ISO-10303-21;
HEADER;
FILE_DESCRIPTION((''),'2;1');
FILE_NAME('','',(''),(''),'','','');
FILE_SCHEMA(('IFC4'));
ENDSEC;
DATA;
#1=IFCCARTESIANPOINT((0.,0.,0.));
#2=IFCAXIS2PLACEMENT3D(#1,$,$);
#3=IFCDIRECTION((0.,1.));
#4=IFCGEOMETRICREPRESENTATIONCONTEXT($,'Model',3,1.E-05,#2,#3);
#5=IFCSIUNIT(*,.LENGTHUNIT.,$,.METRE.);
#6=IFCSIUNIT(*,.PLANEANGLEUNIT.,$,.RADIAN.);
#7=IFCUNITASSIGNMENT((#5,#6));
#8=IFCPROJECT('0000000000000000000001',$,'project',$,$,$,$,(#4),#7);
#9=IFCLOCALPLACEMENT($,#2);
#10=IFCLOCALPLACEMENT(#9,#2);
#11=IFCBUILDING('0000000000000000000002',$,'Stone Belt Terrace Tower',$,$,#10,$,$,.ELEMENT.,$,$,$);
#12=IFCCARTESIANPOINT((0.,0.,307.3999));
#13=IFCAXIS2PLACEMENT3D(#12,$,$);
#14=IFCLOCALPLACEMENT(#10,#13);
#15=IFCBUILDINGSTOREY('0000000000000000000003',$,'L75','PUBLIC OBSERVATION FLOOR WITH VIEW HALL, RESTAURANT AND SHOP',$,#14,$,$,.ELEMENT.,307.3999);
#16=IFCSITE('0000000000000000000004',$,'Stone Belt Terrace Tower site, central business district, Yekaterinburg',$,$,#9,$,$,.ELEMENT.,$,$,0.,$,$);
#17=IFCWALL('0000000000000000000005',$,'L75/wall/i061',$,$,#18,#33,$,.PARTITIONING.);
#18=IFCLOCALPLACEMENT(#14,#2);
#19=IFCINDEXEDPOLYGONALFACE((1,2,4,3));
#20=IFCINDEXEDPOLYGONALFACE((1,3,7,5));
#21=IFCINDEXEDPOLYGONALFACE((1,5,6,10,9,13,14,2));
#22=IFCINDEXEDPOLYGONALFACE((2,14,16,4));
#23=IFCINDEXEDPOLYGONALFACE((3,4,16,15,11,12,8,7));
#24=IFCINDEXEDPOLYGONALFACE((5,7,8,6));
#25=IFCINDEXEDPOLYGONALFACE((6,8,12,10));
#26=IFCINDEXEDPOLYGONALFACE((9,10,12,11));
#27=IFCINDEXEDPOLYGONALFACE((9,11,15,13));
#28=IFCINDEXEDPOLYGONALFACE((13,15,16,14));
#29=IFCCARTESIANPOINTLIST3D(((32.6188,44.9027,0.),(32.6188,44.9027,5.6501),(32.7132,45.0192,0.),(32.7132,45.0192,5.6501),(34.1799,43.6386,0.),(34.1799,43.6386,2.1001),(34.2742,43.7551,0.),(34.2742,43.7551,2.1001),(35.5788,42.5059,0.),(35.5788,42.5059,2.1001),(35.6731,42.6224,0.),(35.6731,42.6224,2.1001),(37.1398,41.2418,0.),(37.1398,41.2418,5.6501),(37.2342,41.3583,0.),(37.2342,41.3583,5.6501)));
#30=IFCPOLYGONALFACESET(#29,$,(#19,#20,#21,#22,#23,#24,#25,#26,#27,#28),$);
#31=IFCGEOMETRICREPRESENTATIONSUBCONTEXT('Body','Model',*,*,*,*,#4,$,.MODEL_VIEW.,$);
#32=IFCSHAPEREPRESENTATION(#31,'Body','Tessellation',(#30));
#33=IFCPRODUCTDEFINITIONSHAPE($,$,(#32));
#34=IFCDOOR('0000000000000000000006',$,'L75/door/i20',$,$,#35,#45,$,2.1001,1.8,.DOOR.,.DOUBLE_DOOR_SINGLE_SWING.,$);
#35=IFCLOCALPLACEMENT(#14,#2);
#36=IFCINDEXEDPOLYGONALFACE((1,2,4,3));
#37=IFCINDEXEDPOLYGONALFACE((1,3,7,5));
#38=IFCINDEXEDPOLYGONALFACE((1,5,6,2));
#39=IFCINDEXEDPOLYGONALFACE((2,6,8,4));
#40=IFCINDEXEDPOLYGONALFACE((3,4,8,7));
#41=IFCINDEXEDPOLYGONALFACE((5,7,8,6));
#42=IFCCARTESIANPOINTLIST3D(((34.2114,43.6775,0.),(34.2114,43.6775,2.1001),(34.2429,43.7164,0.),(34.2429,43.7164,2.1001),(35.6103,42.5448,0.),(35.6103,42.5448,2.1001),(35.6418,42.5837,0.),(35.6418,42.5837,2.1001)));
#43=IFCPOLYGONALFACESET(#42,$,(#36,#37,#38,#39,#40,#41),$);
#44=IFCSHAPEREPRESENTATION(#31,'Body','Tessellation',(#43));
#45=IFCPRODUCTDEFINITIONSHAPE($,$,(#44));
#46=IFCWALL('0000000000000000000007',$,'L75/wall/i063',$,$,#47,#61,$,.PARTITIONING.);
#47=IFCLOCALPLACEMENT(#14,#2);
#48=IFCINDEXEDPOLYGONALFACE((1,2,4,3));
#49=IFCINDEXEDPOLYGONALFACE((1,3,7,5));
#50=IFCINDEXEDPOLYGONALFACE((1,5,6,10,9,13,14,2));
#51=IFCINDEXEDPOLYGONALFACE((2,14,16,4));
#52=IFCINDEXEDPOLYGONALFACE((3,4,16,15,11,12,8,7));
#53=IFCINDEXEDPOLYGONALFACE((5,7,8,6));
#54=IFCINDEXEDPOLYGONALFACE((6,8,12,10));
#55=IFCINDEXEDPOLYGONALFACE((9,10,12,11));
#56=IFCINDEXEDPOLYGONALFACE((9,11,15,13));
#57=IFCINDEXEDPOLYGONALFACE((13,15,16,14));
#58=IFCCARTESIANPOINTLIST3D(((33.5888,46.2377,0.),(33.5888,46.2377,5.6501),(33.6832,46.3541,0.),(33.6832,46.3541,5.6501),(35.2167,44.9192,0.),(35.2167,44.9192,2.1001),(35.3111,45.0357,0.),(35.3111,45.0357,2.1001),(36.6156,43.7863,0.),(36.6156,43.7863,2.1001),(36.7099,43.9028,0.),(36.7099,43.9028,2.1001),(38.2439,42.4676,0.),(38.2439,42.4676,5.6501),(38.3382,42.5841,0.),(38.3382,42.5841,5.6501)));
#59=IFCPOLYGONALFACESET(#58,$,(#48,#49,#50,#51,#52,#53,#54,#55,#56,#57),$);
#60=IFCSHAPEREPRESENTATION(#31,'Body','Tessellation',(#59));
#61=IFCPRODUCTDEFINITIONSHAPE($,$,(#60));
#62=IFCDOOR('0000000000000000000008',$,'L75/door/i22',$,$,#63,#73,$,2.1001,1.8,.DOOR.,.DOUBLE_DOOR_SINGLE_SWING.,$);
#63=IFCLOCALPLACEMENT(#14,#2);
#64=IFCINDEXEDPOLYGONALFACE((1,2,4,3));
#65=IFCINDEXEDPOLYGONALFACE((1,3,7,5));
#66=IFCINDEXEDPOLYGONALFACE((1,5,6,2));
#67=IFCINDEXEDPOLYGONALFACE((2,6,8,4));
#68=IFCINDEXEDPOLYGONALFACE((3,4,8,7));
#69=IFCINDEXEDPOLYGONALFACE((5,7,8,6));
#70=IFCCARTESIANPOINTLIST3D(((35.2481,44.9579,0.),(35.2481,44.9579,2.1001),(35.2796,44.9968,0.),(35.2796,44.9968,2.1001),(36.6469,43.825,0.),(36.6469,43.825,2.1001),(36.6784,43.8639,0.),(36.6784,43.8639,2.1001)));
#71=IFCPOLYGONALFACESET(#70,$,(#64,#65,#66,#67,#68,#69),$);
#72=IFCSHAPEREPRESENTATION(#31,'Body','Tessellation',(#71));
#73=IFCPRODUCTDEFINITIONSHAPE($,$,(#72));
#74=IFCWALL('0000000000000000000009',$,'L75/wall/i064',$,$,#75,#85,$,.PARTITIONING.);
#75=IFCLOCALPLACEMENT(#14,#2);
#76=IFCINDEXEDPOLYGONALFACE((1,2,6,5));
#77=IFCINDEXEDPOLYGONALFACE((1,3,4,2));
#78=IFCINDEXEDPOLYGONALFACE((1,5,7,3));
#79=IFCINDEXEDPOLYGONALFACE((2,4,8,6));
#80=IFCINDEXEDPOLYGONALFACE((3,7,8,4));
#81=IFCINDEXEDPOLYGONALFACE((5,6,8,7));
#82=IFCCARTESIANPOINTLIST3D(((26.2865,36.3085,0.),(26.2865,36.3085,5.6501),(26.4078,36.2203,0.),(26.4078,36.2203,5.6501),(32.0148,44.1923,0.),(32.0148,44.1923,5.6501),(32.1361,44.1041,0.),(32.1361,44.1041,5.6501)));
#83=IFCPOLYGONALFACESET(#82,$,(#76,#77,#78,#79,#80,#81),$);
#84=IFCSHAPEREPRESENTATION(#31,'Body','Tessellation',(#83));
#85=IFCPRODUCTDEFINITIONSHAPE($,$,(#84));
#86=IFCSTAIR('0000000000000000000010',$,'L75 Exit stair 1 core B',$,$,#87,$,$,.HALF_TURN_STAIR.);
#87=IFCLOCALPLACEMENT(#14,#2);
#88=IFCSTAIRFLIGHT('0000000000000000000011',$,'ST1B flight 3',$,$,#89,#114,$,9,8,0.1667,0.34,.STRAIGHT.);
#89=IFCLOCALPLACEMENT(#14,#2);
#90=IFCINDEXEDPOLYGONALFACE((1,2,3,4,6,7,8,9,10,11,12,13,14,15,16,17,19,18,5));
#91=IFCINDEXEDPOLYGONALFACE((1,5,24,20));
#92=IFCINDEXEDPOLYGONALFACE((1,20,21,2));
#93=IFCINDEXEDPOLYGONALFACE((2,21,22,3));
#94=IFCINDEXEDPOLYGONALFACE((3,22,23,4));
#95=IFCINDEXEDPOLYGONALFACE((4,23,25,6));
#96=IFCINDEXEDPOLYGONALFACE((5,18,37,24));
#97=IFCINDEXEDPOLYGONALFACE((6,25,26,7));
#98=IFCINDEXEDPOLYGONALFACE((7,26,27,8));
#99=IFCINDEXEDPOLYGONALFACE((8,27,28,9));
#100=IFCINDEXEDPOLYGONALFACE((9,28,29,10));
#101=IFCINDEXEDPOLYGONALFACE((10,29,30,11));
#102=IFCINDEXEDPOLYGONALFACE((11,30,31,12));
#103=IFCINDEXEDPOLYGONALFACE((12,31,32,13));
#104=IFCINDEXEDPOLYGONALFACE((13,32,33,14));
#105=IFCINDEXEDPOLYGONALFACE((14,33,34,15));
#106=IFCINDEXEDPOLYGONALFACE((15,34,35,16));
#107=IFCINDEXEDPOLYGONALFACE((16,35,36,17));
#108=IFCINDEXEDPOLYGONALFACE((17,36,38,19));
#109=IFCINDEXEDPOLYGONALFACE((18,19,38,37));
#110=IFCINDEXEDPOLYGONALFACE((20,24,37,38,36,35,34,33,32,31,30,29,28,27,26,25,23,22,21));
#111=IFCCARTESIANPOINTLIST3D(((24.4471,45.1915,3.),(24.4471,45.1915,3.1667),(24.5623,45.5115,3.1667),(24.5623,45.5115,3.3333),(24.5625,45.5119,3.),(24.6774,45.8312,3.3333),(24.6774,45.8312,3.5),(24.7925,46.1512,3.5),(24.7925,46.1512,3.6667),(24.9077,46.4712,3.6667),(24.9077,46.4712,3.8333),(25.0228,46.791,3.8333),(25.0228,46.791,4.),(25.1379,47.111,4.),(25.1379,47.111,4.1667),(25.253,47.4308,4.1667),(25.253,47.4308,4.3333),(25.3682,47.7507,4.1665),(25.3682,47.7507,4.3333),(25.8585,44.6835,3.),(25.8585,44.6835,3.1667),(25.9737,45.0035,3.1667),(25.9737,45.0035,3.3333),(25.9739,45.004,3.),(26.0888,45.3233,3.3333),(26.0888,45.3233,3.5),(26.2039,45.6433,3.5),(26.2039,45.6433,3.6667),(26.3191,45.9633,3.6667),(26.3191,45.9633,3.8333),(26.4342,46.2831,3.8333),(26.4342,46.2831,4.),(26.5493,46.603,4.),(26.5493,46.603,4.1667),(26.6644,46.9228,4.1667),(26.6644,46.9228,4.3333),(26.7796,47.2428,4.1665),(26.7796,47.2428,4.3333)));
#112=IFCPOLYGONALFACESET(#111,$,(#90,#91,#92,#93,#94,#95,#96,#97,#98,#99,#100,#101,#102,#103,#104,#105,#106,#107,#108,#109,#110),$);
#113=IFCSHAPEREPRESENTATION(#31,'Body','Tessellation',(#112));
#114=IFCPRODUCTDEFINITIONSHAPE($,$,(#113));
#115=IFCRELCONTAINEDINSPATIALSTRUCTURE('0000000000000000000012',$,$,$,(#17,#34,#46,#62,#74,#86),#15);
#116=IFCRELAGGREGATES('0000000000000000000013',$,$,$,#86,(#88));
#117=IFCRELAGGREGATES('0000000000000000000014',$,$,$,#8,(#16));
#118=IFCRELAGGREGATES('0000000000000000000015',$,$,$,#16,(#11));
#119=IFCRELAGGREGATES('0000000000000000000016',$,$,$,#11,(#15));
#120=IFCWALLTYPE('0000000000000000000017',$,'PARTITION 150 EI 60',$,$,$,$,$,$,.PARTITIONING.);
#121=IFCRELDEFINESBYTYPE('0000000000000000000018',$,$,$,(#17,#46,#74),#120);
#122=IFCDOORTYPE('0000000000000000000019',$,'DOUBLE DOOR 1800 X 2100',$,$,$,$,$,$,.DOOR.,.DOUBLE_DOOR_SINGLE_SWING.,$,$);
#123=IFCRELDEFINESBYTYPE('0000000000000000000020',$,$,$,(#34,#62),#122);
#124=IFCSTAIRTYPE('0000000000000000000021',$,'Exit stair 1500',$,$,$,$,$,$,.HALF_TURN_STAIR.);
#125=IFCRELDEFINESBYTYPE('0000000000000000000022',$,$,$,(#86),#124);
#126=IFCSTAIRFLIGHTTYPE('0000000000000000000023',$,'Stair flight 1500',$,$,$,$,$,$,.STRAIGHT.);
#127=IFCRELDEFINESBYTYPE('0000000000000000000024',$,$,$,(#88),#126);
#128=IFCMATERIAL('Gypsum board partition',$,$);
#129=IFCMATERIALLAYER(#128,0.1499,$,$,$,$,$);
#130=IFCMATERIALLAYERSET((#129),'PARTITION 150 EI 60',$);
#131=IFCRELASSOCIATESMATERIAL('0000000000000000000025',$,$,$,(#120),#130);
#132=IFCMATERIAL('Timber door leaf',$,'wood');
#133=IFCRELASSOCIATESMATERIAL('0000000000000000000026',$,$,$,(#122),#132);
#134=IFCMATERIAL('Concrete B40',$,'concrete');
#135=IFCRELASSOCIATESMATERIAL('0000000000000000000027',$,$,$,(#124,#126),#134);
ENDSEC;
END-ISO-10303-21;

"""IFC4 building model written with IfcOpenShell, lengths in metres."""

from ifc_helpers import new_model, si_unit, direction, frame, frame_2d, origin, place, context, subcontext, project, spatial, polyline, rectangle, outline, extrude, material, layer, layer_set, type_object, element, fill, aggregate, save


model = new_model("IFC4")

# Units and contexts
model_context = context("Model", 3, precision=1e-05, world=origin(), true_north=direction((0.0, 1.0)))
body_context = subcontext(model_context, "Body", "Model", "MODEL_VIEW")
ifc_project = project(units=[si_unit("LENGTHUNIT", "METRE"), si_unit("PLANEANGLEUNIT", "RADIAN")], contexts=[model_context])

# Site, building, storey
site_placement = place(None, origin())
site = spatial("IfcSite", under=ifc_project, at=site_placement, Name="Stone Belt Terrace Tower site, central business district, Yekaterinburg", CompositionType="ELEMENT", RefElevation=0.0)
building_placement = place(site_placement, origin())
building = spatial("IfcBuilding", under=site, at=building_placement, Name="Stone Belt Terrace Tower", CompositionType="ELEMENT")
storey_placement = place(building_placement, frame((0.0, 0.0, 307.3999)))
storey = spatial("IfcBuildingStorey", under=building, at=storey_placement, Name="L75", Description="PUBLIC OBSERVATION FLOOR WITH VIEW HALL, RESTAURANT AND SHOP", CompositionType="ELEMENT", Elevation=307.3999)

# Shared definitions
ifc_material_1 = material(Name="Timber door leaf", Category="wood")
ifc_material_2 = material(Name="Gypsum board partition")
ifc_layer_1 = layer(ifc_material_2, 0.1499)
ifc_layer_set_1 = layer_set([ifc_layer_1], Name="PARTITION 150 EI 60")
wall_type_1 = type_object("IfcWallType", Name="PARTITION 150 EI 60", PredefinedType="PARTITIONING", material=ifc_layer_set_1)

# Walls, openings, doors
wall_1_placement = place(storey_placement, frame((37.187, 41.3, 0.0), z_axis=(0.0, 0.0, 1.0), x_axis=(-0.777158, 0.629306, 0.0)))
wall_1 = element("IfcWall", 1, at=wall_1_placement, inside=storey, type_object=wall_type_1, Name="L75/wall/i061", PredefinedType="PARTITIONING", context=body_context, shape_type="SweptSolid", body=[
    extrude(rectangle(XDim=5.8174, YDim=0.1499, at=frame_2d((2.9087, 0.0))), origin(), (0.0, 0.0, 1.0), 5.6501),
])
opening_1_placement = place(wall_1_placement, frame((2.0088, 0.0, 0.0)))
opening_1 = element("IfcOpeningElement", 2, at=opening_1_placement, cuts=wall_1, PredefinedType="OPENING", context=body_context, shape_type="SweptSolid", body=[
    extrude(rectangle(XDim=1.8, YDim=2.1001, at=frame_2d((0.8999, 1.05))), frame((0.0, 0.085, 0.0), z_axis=(0.0, -1.0, 0.0), x_axis=(1.0, 0.0, 0.0)), (0.0, 0.0, 1.0), 0.1699),
])
door_type_1 = type_object("IfcDoorType", Name="DOUBLE DOOR 1800 X 2100", OperationType="DOUBLE_DOOR_SINGLE_SWING", PredefinedType="DOOR", material=ifc_material_1)
door_1_placement = place(opening_1_placement, origin())
door_1 = element("IfcDoor", 3, at=door_1_placement, inside=storey, type_object=door_type_1, Name="L75/door/i20", OperationType="DOUBLE_DOOR_SINGLE_SWING", OverallHeight=2.1001, OverallWidth=1.8, PredefinedType="DOOR", context=body_context, shape_type="SweptSolid", body=[
    extrude(rectangle(XDim=1.8, YDim=2.1001, at=frame_2d((0.8999, 1.05))), frame((0.0, 0.0249, 0.0), z_axis=(0.0, -1.0, 0.0), x_axis=(1.0, 0.0, 0.0)), (0.0, 0.0, 1.0), 0.05),
])
fill(opening_1, door_1)
wall_2_placement = place(storey_placement, frame((33.636, 46.2959, 0.0), z_axis=(0.0, 0.0, 1.0), x_axis=(0.777109, -0.629366, 0.0)))
wall_2 = element("IfcWall", 4, at=wall_2_placement, inside=storey, type_object=wall_type_1, Name="L75/wall/i063", PredefinedType="PARTITIONING", context=body_context, shape_type="SweptSolid", body=[
    extrude(rectangle(XDim=5.9902, YDim=0.1499, at=frame_2d((2.9951, 0.0))), origin(), (0.0, 0.0, 1.0), 5.6501),
])
opening_2_placement = place(wall_2_placement, frame((2.095, 0.0, 0.0)))
opening_2 = element("IfcOpeningElement", 5, at=opening_2_placement, cuts=wall_2, PredefinedType="OPENING", context=body_context, shape_type="SweptSolid", body=[
    extrude(rectangle(XDim=1.8, YDim=2.1001, at=frame_2d((0.8999, 1.05))), frame((0.0, 0.085, 0.0), z_axis=(0.0, -1.0, 0.0), x_axis=(1.0, 0.0, 0.0)), (0.0, 0.0, 1.0), 0.1699),
])
door_2_placement = place(opening_2_placement, origin())
door_2 = element("IfcDoor", 6, at=door_2_placement, inside=storey, type_object=door_type_1, Name="L75/door/i22", OperationType="DOUBLE_DOOR_SINGLE_SWING", OverallHeight=2.1001, OverallWidth=1.8, PredefinedType="DOOR", context=body_context, shape_type="SweptSolid", body=[
    extrude(rectangle(XDim=1.8, YDim=2.1001, at=frame_2d((0.8999, 1.05))), frame((0.0, 0.0249, 0.0), z_axis=(0.0, -1.0, 0.0), x_axis=(1.0, 0.0, 0.0)), (0.0, 0.0, 1.0), 0.05),
])
fill(opening_2, door_2)

# Wall
wall_3_placement = place(storey_placement, frame((32.0754, 44.1482, 0.0), z_axis=(0.0, 0.0, 1.0), x_axis=(-0.58781, -0.808999, 0.0)))
element("IfcWall", 7, at=wall_3_placement, inside=storey, type_object=wall_type_1, Name="L75/wall/i064", PredefinedType="PARTITIONING", context=body_context, shape_type="SweptSolid", body=[
    extrude(rectangle(XDim=9.7451, YDim=0.1499, at=frame_2d((4.8726, 0.0))), origin(), (0.0, 0.0, 1.0), 5.6501),
])

# Stair, stair flight
ifc_material_3 = material(Name="Concrete B40", Category="concrete")
stair_type = type_object("IfcStairType", Name="Exit stair 1500", PredefinedType="HALF_TURN_STAIR", material=ifc_material_3)
stair_placement = place(storey_placement, origin())
stair = element("IfcStair", 8, at=stair_placement, inside=storey, type_object=stair_type, Name="L75 Exit stair 1 core B", PredefinedType="HALF_TURN_STAIR")
stair_flight_type = type_object("IfcStairFlightType", Name="Stair flight 1500", PredefinedType="STRAIGHT", material=ifc_material_3)
stair_flight_placement = place(storey_placement, frame((25.1528, 44.9375, 3.0), z_axis=(0.0, 0.0, 1.0), x_axis=(0.338624, 0.940922, 0.0)))
stair_flight = element("IfcStairFlight", 9, at=stair_flight_placement, type_object=stair_flight_type, Name="ST1B flight 3", NumberOfRisers=9, NumberOfTreads=8, PredefinedType="STRAIGHT", RiserHeight=0.1667, TreadLength=0.34, context=body_context, shape_type="SweptSolid", body=[
    extrude(outline(polyline([(0.0, 0.0), (0.0, 0.1667), (0.3401, 0.1667), (0.3401, 0.3333), (0.6799, 0.3333), (0.6799, 0.5), (1.02, 0.5), (1.02, 0.6667), (1.3601, 0.6667), (1.3601, 0.8333), (1.7, 0.8333), (1.7, 1.0), (2.04, 1.0), (2.04, 1.1667), (2.3799, 1.1667), (2.3799, 1.3333), (2.72, 1.3333), (2.72, 1.5), (2.72, 1.1665), (0.3406, 0.0), (0.0, 0.0)])), frame((0.0, 0.75, 0.0), z_axis=(0.0, -1.0, 0.0), x_axis=(1.0, 0.0, 0.0)), (0.0, 0.0, 1.0), 1.5),
])
aggregate(stair, [stair_flight])

save(model, "model.ifc")
